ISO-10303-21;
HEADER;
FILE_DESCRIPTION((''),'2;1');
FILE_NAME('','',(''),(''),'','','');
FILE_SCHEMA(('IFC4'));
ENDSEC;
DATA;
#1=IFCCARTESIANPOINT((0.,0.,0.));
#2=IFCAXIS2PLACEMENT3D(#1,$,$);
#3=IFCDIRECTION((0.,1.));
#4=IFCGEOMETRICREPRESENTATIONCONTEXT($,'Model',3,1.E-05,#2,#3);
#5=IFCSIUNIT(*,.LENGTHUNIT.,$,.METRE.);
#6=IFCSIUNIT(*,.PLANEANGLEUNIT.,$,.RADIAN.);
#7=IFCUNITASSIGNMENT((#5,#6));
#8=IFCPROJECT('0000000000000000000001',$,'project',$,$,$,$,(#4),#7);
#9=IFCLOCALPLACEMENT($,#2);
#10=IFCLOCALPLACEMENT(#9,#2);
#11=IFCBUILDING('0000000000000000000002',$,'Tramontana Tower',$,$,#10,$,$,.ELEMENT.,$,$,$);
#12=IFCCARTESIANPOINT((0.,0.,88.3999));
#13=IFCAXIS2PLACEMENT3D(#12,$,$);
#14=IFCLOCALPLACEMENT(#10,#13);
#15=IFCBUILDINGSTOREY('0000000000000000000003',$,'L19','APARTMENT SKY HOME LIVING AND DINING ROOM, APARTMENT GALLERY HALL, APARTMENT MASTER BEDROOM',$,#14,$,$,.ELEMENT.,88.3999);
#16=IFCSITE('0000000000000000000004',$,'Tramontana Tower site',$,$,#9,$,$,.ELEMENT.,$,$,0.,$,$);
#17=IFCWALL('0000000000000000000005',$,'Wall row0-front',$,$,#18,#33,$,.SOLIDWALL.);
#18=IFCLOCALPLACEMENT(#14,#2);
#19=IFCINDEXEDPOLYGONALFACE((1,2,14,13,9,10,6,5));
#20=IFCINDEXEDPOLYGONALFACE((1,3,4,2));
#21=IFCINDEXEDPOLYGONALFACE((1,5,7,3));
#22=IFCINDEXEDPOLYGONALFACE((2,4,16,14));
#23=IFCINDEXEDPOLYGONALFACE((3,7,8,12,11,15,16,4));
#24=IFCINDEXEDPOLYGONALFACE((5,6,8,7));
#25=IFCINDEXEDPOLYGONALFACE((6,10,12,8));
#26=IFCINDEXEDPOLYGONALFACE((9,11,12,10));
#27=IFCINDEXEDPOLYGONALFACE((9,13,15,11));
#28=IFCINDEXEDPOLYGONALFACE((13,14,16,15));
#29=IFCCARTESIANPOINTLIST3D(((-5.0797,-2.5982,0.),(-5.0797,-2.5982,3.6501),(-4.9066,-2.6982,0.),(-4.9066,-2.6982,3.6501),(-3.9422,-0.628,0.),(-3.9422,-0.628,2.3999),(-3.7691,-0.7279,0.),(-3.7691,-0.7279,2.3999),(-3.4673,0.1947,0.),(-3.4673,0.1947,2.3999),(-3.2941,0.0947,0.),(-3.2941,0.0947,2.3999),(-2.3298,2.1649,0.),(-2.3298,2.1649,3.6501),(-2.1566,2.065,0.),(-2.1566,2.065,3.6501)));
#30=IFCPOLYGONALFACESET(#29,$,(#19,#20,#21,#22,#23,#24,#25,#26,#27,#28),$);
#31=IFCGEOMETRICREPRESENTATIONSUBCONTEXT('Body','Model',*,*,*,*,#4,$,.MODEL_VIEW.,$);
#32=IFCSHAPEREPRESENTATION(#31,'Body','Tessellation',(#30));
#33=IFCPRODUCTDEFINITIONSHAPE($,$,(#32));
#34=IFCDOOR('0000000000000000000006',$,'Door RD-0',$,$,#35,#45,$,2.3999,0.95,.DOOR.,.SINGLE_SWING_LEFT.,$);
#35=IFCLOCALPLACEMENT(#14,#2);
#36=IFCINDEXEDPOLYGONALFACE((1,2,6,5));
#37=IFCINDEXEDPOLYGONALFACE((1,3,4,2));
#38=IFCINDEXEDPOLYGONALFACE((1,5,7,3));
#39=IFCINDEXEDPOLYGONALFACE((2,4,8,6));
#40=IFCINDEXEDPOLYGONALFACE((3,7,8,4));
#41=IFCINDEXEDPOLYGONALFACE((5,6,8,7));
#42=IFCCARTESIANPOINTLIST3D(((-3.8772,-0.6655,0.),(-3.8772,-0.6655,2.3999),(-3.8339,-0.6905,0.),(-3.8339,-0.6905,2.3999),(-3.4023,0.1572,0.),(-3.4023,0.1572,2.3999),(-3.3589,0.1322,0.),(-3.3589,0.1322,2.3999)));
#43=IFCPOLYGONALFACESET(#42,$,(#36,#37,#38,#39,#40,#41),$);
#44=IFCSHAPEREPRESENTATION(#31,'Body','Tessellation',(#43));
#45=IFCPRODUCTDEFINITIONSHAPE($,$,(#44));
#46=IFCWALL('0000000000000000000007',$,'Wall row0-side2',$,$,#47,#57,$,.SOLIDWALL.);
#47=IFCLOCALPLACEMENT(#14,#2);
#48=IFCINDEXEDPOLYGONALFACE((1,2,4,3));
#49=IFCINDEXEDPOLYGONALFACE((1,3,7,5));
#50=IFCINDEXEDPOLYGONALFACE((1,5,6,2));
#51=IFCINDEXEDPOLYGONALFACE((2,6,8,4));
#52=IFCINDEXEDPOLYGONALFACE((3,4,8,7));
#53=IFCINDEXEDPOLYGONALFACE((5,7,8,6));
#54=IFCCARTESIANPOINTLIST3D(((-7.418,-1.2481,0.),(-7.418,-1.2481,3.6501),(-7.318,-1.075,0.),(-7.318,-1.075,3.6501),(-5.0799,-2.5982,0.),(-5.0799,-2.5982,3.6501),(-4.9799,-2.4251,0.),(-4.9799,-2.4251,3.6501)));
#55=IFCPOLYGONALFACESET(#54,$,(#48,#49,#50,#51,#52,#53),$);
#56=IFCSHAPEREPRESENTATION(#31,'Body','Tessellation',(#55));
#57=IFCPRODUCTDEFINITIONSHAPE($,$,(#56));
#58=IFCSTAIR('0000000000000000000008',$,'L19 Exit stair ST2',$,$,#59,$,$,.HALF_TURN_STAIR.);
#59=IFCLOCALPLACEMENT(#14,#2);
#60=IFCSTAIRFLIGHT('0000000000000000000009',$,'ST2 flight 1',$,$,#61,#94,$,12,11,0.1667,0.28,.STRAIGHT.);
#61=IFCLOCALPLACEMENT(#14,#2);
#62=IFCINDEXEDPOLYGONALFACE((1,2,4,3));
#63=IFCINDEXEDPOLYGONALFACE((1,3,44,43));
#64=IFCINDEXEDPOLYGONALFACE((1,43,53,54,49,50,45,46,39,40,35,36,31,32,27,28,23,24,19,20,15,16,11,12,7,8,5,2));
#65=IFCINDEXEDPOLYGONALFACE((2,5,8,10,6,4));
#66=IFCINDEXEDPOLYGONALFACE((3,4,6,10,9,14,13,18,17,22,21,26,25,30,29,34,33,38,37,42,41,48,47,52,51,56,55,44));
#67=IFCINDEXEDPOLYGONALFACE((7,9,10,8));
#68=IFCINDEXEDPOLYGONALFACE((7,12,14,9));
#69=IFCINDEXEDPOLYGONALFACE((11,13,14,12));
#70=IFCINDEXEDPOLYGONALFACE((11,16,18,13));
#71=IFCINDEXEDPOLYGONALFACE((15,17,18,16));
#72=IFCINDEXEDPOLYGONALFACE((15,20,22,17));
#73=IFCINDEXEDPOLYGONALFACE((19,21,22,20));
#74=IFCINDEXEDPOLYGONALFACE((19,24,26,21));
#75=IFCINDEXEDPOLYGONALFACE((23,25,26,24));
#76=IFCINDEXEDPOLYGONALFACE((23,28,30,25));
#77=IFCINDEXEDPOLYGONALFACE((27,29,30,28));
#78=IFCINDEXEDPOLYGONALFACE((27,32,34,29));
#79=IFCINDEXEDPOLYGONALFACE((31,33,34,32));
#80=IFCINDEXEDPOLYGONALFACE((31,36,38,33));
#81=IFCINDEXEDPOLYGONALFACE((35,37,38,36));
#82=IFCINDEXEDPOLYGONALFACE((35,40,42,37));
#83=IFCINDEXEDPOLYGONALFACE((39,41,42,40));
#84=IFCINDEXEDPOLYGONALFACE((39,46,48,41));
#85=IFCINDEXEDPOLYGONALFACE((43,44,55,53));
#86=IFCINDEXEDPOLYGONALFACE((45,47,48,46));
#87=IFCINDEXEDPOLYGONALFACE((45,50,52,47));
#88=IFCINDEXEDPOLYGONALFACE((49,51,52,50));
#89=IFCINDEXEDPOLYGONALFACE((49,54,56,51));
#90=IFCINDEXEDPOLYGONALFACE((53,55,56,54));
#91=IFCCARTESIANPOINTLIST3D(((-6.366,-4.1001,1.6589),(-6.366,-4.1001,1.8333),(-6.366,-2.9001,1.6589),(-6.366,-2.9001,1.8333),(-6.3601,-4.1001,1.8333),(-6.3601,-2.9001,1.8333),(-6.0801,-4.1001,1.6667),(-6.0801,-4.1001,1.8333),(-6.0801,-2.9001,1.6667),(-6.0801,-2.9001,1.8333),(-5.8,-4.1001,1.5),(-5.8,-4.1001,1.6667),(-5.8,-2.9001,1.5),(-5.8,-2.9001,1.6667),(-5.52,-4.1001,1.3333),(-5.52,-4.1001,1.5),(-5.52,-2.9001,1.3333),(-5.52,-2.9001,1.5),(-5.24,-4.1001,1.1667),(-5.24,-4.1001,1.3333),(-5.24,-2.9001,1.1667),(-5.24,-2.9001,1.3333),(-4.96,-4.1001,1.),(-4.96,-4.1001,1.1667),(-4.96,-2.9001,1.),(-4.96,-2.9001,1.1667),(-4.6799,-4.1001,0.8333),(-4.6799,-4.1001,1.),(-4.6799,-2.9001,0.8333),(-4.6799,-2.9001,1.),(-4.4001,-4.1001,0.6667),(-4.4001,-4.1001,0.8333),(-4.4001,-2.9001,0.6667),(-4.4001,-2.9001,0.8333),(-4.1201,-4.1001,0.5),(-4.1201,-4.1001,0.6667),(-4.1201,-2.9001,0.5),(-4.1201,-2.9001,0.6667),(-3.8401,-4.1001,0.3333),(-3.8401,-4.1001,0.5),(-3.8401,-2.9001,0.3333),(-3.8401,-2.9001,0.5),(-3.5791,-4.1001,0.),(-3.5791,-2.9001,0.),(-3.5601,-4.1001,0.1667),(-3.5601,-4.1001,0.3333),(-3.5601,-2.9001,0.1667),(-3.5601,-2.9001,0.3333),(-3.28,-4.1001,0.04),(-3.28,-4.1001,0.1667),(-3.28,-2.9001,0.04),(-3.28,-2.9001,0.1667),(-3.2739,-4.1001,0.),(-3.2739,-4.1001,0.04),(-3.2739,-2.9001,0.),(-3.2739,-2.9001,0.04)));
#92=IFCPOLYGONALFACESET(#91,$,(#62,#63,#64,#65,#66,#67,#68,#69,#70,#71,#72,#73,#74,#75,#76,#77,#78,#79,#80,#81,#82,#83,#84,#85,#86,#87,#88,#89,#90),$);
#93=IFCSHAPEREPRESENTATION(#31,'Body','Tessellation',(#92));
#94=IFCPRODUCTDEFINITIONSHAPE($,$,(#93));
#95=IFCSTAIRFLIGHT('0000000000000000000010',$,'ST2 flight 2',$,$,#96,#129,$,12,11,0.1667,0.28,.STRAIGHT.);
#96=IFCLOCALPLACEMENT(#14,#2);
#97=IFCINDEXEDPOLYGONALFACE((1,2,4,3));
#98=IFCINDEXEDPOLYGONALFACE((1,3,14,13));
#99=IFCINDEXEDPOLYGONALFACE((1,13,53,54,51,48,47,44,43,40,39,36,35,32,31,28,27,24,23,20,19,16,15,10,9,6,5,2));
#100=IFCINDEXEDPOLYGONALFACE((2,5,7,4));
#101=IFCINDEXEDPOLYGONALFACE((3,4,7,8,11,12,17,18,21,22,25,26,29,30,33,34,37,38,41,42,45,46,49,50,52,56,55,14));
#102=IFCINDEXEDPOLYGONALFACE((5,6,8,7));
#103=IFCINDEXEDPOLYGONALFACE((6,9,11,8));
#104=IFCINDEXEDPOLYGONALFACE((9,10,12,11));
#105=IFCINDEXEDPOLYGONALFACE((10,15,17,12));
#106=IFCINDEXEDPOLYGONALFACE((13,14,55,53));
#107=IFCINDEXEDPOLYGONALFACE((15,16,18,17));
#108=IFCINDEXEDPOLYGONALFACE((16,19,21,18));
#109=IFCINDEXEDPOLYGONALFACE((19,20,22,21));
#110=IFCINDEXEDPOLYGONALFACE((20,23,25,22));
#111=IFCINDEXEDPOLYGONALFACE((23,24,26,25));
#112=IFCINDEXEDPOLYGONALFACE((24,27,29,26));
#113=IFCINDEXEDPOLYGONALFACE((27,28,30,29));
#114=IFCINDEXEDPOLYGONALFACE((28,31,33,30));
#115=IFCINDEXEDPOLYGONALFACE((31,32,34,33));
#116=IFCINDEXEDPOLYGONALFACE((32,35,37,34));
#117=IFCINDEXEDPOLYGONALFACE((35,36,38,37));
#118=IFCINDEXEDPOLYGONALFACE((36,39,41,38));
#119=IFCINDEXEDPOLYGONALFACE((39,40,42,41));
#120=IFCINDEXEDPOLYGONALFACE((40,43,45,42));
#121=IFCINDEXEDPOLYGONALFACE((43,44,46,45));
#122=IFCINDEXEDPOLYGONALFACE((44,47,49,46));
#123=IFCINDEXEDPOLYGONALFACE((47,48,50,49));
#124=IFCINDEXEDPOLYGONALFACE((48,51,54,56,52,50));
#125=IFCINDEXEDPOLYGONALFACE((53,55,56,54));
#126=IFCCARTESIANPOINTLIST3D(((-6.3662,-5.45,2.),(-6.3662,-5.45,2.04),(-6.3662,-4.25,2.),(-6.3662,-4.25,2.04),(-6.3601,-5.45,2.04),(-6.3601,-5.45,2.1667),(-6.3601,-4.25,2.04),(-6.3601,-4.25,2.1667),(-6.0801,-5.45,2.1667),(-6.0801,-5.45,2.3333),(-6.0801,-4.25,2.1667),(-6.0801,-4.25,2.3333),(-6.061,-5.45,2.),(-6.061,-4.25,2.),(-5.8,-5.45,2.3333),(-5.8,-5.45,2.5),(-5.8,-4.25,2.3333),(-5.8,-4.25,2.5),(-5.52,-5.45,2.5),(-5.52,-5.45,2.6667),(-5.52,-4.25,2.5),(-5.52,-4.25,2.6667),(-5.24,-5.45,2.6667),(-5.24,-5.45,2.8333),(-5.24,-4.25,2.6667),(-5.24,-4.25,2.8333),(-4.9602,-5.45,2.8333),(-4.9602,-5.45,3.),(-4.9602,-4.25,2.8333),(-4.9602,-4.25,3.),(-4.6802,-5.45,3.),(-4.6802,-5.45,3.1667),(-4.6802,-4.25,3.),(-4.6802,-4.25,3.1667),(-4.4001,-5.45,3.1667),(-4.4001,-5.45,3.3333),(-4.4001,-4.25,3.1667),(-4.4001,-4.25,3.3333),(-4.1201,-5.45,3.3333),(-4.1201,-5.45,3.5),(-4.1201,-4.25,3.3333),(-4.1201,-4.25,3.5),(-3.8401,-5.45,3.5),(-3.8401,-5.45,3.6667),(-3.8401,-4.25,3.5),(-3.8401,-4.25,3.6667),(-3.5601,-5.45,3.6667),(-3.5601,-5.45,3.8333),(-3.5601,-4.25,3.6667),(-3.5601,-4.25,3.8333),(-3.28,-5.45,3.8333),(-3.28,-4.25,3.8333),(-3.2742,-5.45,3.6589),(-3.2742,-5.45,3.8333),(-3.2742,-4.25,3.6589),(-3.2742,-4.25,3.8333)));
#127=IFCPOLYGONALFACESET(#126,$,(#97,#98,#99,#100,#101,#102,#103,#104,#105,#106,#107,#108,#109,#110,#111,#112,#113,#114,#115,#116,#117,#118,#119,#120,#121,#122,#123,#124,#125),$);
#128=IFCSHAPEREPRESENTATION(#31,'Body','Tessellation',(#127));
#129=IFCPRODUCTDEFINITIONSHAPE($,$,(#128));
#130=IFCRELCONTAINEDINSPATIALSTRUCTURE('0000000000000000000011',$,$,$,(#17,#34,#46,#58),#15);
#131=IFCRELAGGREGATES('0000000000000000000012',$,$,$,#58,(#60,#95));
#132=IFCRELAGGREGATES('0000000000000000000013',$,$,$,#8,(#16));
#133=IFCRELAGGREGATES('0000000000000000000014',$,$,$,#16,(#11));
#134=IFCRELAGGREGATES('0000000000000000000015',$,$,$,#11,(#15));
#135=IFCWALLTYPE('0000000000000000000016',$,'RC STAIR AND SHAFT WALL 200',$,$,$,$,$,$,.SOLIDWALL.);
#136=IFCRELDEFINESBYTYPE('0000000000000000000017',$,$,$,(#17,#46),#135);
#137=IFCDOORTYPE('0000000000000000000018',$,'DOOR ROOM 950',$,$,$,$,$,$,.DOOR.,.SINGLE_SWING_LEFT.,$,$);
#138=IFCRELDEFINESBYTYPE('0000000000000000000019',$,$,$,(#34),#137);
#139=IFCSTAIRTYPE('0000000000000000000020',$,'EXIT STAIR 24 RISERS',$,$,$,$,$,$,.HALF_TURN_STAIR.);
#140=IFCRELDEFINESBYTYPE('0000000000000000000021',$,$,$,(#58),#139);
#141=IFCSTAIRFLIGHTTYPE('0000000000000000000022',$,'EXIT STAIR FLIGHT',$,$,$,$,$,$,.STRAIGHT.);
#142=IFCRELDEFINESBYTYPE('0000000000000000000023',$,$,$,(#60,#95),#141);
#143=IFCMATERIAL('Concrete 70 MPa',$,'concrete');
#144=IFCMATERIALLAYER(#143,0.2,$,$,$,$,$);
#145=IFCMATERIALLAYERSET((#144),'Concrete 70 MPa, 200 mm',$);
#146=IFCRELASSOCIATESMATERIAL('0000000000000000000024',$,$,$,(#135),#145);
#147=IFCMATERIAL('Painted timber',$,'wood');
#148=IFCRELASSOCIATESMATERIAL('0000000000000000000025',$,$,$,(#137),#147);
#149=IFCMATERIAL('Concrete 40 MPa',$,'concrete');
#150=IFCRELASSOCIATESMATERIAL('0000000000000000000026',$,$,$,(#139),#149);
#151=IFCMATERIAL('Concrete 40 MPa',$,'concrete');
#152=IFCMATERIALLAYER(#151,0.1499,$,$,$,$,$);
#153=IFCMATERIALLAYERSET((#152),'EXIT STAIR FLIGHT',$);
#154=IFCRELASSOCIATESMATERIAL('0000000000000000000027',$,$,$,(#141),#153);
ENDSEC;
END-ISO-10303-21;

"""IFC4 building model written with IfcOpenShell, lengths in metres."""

from ifc_helpers import new_model, si_unit, direction, frame, frame_2d, origin, place, context, subcontext, project, spatial, polyline, rectangle, outline, extrude, material, layer, layer_set, type_object, element, fill, aggregate, save


model = new_model("IFC4")

# Units and contexts
model_context = context("Model", 3, precision=1e-05, world=origin(), true_north=direction((0.0, 1.0)))
body_context = subcontext(model_context, "Body", "Model", "MODEL_VIEW")
ifc_project = project(units=[si_unit("LENGTHUNIT", "METRE"), si_unit("PLANEANGLEUNIT", "RADIAN")], contexts=[model_context])

# Site, building, storey
site_placement = place(None, origin())
site = spatial("IfcSite", under=ifc_project, at=site_placement, Name="Tramontana Tower site", CompositionType="ELEMENT", RefElevation=0.0)
building_placement = place(site_placement, origin())
building = spatial("IfcBuilding", under=site, at=building_placement, Name="Tramontana Tower", CompositionType="ELEMENT")
storey_placement = place(building_placement, frame((0.0, 0.0, 88.3999)))
storey = spatial("IfcBuildingStorey", under=building, at=storey_placement, Name="L19", Description="APARTMENT SKY HOME LIVING AND DINING ROOM, APARTMENT GALLERY HALL, APARTMENT MASTER BEDROOM", CompositionType="ELEMENT", Elevation=88.3999)

# Shared definitions
ifc_material_1 = material(Name="Concrete 70 MPa", Category="concrete")
ifc_layer_1 = layer(ifc_material_1, 0.2)
ifc_layer_set_1 = layer_set([ifc_layer_1], Name="Concrete 70 MPa, 200 mm")
wall_type_1 = type_object("IfcWallType", Name="RC STAIR AND SHAFT WALL 200", PredefinedType="SOLIDWALL", material=ifc_layer_set_1)

# Wall, opening, door
wall_1_placement = place(storey_placement, frame((-4.9932, -2.6482, 0.0), z_axis=(0.0, 0.0, 1.0), x_axis=(0.499997, 0.866027, 0.0)))
wall_1 = element("IfcWall", 1, at=wall_1_placement, inside=storey, type_object=wall_type_1, Name="Wall row0-front", PredefinedType="SOLIDWALL", context=body_context, shape_type="SweptSolid", body=[
    extrude(rectangle(XDim=5.5, YDim=0.2, at=frame_2d((2.75, 0.0))), origin(), (0.0, 0.0, 1.0), 3.6501),
])
opening_1_placement = place(wall_1_placement, frame((2.2749, 0.0, 0.0)))
opening_1 = element("IfcOpeningElement", 2, at=opening_1_placement, cuts=wall_1, PredefinedType="OPENING", context=body_context, shape_type="SweptSolid", body=[
    extrude(rectangle(XDim=0.95, YDim=2.3999, at=frame_2d((0.4751, 1.2))), frame((0.0, 0.1099, 0.0), z_axis=(0.0, -1.0, 0.0), x_axis=(1.0, 0.0, 0.0)), (0.0, 0.0, 1.0), 0.22),
])
ifc_material_2 = material(Name="Painted timber", Category="wood")
door_type_1 = type_object("IfcDoorType", Name="DOOR ROOM 950", OperationType="SINGLE_SWING_LEFT", PredefinedType="DOOR", material=ifc_material_2)
door_1_placement = place(opening_1_placement, origin())
door_1 = element("IfcDoor", 3, at=door_1_placement, inside=storey, type_object=door_type_1, Name="Door RD-0", OperationType="SINGLE_SWING_LEFT", OverallHeight=2.3999, OverallWidth=0.95, PredefinedType="DOOR", context=body_context, shape_type="SweptSolid", body=[
    extrude(rectangle(XDim=0.95, YDim=2.3999, at=frame_2d((0.4751, 1.2))), frame((0.0, 0.0249, 0.0), z_axis=(0.0, -1.0, 0.0), x_axis=(1.0, 0.0, 0.0)), (0.0, 0.0, 1.0), 0.05),
])
fill(opening_1, door_1)

# Wall
wall_2_placement = place(storey_placement, frame((-5.0298, -2.5117, 0.0), z_axis=(0.0, 0.0, 1.0), x_axis=(-0.865997, 0.500049, 0.0)))
element("IfcWall", 4, at=wall_2_placement, inside=storey, type_object=wall_type_1, Name="Wall row0-side2", PredefinedType="SOLIDWALL", context=body_context, shape_type="SweptSolid", body=[
    extrude(rectangle(XDim=2.7, YDim=0.2, at=frame_2d((1.3501, 0.0))), origin(), (0.0, 0.0, 1.0), 3.6501),
])

# Stair, stair flights
ifc_material_3 = material(Name="Concrete 40 MPa", Category="concrete")
stair_type = type_object("IfcStairType", Name="EXIT STAIR 24 RISERS", PredefinedType="HALF_TURN_STAIR", material=ifc_material_3)
stair_placement = place(storey_placement, origin())
stair = element("IfcStair", 5, at=stair_placement, inside=storey, type_object=stair_type, Name="L19 Exit stair ST2", PredefinedType="HALF_TURN_STAIR")
ifc_material_4 = material(Name="Concrete 40 MPa", Category="concrete")
ifc_layer_2 = layer(ifc_material_4, 0.1499)
ifc_layer_set_2 = layer_set([ifc_layer_2], Name="EXIT STAIR FLIGHT")
stair_flight_type = type_object("IfcStairFlightType", Name="EXIT STAIR FLIGHT", PredefinedType="STRAIGHT", material=ifc_layer_set_2)
stair_flight_1_placement = place(storey_placement, frame((-3.28, -3.5, 0.0), z_axis=(0.0, 0.0, 1.0), x_axis=(-1.0, 0.0, 0.0)))
stair_flight_1 = element("IfcStairFlight", 6, at=stair_flight_1_placement, type_object=stair_flight_type, Name="ST2 flight 1", NumberOfRisers=12, NumberOfTreads=11, PredefinedType="STRAIGHT", RiserHeight=0.1667, TreadLength=0.28, context=body_context, shape_type="SweptSolid", body=[
    extrude(outline(polyline([(-0.0061, 0.0), (-0.0061, 0.04), (0.0, 0.04), (0.0, 0.1667), (0.28, 0.1667), (0.28, 0.3333), (0.5601, 0.3333), (0.5601, 0.5), (0.8401, 0.5), (0.8401, 0.6667), (1.1201, 0.6667), (1.1201, 0.8333), (1.3999, 0.8333), (1.3999, 1.0), (1.6799, 1.0), (1.6799, 1.1667), (1.96, 1.1667), (1.96, 1.3333), (2.24, 1.3333), (2.24, 1.5), (2.52, 1.5), (2.52, 1.6667), (2.8, 1.6667), (2.8, 1.8333), (3.0801, 1.8333), (3.0859, 1.8333), (3.0859, 1.6589), (0.2991, 0.0), (-0.0061, 0.0)])), frame((0.0, 0.6001, 0.0), z_axis=(0.0, -1.0, 0.0), x_axis=(1.0, 0.0, 0.0)), (0.0, 0.0, 1.0), 1.2),
])
stair_flight_2_placement = place(storey_placement, frame((-6.3601, -4.8501, 2.0), z_axis=(0.0, 0.0, 1.0), x_axis=(1.0, 0.0, 0.0)))
stair_flight_2 = element("IfcStairFlight", 7, at=stair_flight_2_placement, type_object=stair_flight_type, Name="ST2 flight 2", NumberOfRisers=12, NumberOfTreads=11, PredefinedType="STRAIGHT", RiserHeight=0.1667, TreadLength=0.28, context=body_context, shape_type="SweptSolid", body=[
    extrude(outline(polyline([(-0.0061, 0.0), (-0.0061, 0.04), (0.0, 0.04), (0.0, 0.1667), (0.28, 0.1667), (0.28, 0.3333), (0.5601, 0.3333), (0.5601, 0.5), (0.8401, 0.5), (0.8401, 0.6667), (1.1201, 0.6667), (1.1201, 0.8333), (1.3999, 0.8333), (1.3999, 1.0), (1.6799, 1.0), (1.6799, 1.1667), (1.96, 1.1667), (1.96, 1.3333), (2.24, 1.3333), (2.24, 1.5), (2.52, 1.5), (2.52, 1.6667), (2.8, 1.6667), (2.8, 1.8333), (3.0801, 1.8333), (3.0859, 1.8333), (3.0859, 1.6589), (0.2991, 0.0), (-0.0061, 0.0)])), frame((0.0, 0.6001, 0.0), z_axis=(0.0, -1.0, 0.0), x_axis=(1.0, 0.0, 0.0)), (0.0, 0.0, 1.0), 1.2),
])
aggregate(stair, [stair_flight_1, stair_flight_2])

save(model, "model.ifc")
